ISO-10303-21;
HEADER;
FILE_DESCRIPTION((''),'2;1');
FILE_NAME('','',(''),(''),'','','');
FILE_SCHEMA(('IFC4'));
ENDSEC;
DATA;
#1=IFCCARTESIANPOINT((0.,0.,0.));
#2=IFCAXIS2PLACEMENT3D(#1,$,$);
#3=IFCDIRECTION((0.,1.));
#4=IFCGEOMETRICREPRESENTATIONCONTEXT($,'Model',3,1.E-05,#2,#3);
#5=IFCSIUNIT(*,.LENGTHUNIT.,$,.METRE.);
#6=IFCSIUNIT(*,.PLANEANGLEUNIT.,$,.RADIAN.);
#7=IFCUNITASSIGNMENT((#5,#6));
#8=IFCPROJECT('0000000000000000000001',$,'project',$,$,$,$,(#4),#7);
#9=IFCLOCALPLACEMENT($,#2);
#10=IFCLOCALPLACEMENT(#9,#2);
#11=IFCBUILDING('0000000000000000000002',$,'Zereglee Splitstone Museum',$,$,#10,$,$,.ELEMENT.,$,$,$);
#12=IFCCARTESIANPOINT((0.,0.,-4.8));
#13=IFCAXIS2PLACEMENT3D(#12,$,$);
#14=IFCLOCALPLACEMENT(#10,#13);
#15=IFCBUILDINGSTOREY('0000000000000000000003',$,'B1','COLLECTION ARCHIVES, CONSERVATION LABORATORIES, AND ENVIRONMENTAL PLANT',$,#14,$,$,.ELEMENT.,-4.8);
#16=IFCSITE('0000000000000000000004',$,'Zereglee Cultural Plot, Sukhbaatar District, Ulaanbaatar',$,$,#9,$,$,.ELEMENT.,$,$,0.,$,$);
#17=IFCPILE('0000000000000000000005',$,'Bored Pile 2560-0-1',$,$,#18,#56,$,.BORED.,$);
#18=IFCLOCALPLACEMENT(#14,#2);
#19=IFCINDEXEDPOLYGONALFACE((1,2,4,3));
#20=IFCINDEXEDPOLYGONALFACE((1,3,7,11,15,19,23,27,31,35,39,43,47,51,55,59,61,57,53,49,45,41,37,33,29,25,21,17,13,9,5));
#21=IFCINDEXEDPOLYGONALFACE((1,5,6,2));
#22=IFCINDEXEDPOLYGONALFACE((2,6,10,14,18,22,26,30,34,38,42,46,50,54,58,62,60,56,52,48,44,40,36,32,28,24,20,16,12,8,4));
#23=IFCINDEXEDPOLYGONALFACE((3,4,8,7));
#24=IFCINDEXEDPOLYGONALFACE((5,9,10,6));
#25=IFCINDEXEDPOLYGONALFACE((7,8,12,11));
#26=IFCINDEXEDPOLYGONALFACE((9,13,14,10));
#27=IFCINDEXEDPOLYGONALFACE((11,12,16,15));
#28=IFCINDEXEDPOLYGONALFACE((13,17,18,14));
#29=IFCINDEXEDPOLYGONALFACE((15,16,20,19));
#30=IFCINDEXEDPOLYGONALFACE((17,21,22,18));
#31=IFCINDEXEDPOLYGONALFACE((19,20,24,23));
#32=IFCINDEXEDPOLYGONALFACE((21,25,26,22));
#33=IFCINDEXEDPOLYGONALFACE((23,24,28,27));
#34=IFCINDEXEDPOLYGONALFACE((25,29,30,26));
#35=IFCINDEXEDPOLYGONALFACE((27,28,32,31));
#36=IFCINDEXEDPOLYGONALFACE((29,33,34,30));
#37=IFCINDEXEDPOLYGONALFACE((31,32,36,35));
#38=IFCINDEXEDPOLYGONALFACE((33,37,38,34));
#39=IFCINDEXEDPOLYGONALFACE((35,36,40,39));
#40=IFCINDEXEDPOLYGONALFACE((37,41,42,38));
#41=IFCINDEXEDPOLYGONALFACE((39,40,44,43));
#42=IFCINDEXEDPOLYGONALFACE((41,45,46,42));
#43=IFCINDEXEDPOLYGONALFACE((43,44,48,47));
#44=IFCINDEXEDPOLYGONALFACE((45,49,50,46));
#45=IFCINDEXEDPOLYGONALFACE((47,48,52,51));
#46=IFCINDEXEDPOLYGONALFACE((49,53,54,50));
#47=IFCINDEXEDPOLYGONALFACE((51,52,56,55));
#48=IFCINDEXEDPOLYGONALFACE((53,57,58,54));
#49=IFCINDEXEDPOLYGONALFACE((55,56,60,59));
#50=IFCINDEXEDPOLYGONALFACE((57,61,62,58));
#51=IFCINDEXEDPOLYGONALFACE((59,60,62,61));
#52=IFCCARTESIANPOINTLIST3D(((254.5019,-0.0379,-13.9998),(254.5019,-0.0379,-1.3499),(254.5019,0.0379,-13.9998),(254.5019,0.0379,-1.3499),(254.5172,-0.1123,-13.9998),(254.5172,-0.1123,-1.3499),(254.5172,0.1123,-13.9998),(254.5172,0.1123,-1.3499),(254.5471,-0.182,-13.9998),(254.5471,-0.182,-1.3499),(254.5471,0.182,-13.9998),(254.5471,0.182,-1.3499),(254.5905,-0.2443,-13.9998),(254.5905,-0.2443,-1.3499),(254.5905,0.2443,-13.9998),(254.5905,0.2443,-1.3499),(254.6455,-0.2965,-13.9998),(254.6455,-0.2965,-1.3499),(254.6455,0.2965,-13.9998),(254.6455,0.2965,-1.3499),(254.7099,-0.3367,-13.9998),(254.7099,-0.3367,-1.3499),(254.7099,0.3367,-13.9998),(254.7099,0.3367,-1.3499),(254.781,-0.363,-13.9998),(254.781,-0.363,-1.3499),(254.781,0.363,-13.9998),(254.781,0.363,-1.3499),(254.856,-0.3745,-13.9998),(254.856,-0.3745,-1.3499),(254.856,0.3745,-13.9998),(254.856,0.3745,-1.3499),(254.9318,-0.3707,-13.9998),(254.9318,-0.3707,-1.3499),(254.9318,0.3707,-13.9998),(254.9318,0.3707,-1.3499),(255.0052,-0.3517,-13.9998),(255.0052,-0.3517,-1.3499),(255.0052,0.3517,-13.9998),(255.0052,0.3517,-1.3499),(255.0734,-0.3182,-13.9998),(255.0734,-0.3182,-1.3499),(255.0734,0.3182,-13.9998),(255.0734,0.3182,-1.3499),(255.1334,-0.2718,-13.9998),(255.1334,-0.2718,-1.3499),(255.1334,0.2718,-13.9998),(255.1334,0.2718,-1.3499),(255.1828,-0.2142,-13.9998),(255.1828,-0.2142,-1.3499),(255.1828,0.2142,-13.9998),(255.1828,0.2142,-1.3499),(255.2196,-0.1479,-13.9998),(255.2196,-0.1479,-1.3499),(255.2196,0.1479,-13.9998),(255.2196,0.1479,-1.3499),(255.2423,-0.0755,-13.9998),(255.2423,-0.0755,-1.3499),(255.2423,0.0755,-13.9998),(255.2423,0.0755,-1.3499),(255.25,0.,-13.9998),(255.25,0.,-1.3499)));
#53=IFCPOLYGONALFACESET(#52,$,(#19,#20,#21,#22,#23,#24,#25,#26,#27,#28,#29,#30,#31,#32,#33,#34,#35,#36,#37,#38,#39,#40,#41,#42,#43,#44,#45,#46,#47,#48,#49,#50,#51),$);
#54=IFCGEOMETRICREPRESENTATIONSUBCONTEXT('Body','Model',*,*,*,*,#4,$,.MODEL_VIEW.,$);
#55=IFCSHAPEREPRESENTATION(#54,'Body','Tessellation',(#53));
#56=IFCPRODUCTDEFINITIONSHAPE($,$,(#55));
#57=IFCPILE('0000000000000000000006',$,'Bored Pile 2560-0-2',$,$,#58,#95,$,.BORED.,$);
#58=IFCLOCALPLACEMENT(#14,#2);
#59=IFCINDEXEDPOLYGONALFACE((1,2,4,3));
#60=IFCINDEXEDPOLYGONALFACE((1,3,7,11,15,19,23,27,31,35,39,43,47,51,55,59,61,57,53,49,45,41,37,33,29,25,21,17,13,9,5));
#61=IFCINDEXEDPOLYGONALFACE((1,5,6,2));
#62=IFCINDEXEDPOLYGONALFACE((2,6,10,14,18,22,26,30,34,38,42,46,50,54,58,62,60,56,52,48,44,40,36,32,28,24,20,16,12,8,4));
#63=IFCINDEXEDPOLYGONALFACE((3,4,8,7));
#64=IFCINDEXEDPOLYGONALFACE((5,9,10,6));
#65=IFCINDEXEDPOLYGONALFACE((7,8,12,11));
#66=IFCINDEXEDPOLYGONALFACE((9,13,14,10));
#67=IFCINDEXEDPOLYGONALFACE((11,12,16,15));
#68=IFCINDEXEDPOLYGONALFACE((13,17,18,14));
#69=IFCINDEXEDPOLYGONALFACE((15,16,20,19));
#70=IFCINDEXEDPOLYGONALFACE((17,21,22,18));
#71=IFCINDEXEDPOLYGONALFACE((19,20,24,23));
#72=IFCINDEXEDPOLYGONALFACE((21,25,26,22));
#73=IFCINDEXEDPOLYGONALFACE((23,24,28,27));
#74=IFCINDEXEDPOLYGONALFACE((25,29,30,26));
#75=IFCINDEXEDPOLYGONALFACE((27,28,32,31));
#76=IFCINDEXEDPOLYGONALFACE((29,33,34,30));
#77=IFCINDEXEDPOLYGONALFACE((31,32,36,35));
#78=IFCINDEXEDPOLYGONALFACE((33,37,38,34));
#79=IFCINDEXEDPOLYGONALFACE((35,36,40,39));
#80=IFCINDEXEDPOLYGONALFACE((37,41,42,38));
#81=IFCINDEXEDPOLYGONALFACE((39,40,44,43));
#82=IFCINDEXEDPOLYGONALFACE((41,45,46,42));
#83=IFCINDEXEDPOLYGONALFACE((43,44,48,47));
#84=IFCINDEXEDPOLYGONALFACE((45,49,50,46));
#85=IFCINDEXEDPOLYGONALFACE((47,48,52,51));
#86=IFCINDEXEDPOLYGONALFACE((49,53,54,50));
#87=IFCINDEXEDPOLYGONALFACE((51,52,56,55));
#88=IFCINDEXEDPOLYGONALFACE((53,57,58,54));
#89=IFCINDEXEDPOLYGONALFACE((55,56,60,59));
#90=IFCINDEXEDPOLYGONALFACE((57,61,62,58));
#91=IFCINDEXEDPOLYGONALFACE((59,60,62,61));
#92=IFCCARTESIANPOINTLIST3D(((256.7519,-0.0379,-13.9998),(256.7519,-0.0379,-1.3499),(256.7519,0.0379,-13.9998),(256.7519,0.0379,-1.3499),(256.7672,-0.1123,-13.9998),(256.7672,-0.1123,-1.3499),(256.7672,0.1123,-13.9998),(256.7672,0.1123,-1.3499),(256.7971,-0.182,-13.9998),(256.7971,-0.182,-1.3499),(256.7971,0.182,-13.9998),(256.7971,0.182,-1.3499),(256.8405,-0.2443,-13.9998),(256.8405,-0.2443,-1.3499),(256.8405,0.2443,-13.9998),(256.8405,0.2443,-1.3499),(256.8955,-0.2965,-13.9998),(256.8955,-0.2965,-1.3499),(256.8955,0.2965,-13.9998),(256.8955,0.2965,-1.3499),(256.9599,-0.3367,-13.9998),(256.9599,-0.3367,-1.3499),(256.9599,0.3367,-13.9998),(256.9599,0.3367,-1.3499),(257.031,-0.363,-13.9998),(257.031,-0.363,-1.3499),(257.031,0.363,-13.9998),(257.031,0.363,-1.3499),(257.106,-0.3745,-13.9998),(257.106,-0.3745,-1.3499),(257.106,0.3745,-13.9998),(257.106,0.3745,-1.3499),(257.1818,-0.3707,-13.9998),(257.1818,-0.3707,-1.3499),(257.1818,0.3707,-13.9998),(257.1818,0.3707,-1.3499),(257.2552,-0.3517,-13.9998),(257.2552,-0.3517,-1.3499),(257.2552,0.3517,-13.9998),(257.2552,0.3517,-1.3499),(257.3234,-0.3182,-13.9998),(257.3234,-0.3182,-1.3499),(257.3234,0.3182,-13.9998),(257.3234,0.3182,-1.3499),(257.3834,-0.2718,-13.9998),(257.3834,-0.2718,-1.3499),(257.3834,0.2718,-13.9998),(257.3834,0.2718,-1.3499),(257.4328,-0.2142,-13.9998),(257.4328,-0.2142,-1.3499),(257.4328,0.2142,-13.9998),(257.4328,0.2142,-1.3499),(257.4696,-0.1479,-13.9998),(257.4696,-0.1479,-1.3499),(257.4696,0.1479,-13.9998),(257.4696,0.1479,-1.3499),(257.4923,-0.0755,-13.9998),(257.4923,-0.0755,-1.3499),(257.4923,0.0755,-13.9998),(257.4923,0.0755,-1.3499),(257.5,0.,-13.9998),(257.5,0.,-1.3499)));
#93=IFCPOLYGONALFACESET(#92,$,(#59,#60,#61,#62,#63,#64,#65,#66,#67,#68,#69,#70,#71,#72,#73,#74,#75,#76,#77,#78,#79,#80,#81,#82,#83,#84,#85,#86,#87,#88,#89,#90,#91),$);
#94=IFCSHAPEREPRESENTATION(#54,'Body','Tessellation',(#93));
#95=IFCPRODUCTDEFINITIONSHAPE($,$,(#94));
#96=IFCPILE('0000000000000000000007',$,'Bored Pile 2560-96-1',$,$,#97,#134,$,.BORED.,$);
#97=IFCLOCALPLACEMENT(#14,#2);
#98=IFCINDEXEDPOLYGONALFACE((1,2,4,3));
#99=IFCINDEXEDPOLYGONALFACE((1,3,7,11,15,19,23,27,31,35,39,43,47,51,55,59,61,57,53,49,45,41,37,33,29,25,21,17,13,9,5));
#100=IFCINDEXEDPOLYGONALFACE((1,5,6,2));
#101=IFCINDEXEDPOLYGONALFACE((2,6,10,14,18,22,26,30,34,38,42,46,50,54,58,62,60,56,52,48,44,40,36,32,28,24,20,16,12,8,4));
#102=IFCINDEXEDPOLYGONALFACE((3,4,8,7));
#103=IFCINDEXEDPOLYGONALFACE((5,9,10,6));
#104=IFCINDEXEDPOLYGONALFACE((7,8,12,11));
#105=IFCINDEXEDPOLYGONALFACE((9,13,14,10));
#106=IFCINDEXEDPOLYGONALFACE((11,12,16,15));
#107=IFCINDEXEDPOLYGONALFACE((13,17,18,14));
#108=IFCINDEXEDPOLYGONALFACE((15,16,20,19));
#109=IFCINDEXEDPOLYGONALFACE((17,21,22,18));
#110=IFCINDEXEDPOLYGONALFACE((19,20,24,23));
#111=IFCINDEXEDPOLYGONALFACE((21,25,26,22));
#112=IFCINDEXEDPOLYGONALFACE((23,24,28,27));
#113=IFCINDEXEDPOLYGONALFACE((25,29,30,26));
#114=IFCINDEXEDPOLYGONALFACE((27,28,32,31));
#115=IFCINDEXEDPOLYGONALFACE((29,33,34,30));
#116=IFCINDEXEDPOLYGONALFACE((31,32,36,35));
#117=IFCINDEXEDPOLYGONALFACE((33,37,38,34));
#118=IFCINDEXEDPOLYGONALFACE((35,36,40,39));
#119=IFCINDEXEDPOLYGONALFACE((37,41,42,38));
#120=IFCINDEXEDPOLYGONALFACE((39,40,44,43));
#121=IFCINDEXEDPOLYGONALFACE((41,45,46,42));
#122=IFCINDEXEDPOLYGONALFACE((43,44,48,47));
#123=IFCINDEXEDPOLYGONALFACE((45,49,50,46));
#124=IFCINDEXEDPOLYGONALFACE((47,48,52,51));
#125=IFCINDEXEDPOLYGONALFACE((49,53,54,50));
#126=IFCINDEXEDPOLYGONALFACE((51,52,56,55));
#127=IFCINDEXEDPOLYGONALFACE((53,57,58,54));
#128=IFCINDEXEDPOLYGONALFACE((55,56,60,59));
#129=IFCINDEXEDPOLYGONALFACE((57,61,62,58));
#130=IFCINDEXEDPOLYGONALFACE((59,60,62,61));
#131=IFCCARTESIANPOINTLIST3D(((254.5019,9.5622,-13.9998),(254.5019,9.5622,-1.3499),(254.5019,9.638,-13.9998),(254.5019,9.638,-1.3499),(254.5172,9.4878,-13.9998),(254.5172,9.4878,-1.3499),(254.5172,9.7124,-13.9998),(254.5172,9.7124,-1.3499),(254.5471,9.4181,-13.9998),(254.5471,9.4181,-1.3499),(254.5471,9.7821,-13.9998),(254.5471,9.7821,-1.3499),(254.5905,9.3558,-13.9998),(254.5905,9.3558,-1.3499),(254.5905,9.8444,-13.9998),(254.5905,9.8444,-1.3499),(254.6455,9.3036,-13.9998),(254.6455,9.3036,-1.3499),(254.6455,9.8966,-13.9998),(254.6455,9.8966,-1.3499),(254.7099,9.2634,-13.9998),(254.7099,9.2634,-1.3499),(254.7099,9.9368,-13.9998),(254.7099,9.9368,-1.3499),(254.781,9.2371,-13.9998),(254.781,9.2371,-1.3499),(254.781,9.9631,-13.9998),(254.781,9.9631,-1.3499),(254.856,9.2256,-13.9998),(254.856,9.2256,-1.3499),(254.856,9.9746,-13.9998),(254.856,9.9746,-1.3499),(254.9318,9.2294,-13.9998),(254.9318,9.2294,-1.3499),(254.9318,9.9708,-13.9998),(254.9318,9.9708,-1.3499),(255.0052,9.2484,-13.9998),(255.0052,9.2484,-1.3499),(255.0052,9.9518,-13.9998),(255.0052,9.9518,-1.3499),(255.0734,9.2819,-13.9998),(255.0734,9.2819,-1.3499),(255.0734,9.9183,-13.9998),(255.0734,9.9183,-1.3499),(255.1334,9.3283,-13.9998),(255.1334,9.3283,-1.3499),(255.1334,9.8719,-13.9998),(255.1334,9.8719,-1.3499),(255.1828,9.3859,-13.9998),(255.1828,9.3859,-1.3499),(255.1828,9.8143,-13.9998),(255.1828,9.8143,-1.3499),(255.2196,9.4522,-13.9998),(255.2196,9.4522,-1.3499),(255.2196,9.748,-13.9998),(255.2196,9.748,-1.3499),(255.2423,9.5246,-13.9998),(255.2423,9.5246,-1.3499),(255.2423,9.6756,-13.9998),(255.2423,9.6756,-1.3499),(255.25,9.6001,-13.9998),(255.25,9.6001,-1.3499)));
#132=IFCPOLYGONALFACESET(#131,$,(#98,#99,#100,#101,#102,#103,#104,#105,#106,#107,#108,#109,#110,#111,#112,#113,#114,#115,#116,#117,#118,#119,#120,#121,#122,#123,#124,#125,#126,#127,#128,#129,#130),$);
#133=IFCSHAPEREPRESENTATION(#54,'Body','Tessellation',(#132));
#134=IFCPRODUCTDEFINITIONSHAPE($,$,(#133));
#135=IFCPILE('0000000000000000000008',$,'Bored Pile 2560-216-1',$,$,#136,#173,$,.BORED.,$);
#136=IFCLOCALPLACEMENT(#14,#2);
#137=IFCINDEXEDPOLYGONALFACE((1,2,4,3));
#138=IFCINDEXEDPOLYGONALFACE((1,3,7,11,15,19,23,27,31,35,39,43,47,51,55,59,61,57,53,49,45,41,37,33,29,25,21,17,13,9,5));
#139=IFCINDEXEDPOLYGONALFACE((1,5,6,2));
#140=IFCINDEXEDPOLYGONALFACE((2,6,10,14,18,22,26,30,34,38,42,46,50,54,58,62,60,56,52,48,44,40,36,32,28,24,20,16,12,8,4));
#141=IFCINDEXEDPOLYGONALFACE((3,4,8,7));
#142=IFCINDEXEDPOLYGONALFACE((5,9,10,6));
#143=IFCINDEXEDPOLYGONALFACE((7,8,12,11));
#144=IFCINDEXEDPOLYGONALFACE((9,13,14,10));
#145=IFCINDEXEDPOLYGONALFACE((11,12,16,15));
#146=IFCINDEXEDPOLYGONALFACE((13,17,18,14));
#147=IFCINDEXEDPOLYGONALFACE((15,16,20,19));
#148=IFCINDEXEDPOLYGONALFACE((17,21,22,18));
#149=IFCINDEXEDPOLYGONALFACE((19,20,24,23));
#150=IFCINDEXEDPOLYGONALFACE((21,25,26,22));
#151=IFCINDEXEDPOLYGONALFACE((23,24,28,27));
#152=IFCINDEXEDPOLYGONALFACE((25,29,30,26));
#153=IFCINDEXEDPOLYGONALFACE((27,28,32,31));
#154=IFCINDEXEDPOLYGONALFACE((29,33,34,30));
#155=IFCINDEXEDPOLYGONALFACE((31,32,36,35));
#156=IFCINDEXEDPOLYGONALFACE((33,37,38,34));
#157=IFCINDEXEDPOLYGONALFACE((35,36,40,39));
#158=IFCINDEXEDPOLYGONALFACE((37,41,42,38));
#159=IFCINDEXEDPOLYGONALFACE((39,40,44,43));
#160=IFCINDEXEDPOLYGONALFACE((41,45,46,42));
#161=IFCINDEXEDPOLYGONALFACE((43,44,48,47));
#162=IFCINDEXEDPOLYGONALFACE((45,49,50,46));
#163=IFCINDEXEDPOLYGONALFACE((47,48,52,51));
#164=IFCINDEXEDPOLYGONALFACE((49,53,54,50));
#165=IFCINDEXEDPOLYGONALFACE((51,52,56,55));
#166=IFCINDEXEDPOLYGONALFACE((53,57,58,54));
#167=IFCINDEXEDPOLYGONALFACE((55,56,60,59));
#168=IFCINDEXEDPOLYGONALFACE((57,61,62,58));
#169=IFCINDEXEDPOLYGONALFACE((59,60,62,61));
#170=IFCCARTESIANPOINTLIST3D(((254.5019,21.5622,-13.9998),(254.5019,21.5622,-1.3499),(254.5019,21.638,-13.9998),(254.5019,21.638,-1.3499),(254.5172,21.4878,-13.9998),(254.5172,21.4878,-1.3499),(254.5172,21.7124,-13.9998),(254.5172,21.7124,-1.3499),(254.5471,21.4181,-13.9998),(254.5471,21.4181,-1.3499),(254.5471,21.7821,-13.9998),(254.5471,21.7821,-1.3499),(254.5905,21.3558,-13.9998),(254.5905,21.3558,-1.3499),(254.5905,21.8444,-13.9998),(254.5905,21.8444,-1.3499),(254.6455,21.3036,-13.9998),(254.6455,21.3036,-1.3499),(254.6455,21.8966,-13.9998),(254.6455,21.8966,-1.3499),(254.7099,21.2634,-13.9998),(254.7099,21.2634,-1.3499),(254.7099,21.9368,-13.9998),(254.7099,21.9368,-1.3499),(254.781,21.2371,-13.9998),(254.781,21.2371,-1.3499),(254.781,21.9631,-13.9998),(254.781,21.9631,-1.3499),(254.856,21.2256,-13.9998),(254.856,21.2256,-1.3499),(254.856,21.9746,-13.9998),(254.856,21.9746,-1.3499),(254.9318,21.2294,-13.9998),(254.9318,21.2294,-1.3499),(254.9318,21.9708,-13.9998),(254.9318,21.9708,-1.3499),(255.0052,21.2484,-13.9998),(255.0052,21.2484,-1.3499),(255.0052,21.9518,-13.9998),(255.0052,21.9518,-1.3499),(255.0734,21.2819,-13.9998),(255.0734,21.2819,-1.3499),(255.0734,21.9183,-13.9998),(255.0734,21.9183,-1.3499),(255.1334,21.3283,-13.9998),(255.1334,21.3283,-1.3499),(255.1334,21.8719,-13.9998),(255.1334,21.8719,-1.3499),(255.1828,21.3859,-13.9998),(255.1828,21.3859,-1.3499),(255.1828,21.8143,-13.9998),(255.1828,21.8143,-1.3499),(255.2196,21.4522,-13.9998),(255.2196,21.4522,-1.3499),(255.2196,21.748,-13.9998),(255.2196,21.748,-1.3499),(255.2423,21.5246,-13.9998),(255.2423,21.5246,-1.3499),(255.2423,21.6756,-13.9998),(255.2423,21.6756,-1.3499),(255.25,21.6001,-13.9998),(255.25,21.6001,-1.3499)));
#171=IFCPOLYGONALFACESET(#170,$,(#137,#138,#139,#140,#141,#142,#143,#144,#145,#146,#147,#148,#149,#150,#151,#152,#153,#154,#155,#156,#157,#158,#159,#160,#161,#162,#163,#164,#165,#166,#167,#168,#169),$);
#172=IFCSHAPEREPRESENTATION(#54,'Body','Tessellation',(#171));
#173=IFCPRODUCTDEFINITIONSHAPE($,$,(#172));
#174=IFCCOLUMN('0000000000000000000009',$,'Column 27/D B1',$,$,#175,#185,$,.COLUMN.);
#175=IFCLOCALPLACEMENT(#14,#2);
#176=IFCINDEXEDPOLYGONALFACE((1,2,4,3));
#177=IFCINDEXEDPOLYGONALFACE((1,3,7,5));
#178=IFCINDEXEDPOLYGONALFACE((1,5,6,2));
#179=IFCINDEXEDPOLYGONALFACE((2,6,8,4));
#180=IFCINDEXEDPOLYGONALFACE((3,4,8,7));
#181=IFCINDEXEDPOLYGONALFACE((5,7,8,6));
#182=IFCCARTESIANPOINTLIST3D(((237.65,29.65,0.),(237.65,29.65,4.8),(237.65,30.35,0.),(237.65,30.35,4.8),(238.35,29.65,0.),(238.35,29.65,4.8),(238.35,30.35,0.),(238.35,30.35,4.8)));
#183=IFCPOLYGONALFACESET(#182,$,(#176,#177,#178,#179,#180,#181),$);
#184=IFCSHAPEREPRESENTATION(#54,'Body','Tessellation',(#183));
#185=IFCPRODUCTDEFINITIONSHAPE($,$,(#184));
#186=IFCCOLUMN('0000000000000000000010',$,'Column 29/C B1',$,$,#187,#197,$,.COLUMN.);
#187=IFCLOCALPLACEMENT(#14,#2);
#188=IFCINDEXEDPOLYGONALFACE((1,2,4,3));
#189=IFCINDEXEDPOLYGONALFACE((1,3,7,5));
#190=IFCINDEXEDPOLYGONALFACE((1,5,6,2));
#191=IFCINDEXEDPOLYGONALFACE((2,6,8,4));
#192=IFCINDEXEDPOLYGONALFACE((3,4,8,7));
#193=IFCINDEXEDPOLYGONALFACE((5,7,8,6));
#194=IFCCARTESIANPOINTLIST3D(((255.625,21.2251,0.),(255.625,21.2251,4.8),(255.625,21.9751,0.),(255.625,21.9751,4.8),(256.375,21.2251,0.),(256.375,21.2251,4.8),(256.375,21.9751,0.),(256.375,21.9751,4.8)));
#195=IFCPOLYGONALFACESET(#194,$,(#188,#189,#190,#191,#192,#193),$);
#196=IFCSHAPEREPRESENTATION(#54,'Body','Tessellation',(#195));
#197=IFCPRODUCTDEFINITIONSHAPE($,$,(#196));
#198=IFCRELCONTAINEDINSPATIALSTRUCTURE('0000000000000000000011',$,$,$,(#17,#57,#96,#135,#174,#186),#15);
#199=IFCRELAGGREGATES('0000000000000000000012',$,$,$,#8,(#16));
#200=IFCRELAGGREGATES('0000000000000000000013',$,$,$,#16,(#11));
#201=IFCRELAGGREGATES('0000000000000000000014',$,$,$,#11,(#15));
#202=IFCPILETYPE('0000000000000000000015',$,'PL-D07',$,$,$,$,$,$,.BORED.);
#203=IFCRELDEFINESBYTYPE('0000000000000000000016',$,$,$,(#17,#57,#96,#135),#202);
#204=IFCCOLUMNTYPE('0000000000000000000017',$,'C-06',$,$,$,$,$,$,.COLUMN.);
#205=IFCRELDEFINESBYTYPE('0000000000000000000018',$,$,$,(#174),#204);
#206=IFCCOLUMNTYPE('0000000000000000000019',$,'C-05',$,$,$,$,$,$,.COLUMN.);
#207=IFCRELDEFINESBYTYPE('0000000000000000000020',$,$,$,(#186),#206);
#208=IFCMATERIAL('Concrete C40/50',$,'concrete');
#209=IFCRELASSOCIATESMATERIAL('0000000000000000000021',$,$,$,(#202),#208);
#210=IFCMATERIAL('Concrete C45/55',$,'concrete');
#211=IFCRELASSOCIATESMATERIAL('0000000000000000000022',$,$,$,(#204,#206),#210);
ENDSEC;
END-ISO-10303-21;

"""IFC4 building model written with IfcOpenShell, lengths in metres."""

from ifc_helpers import new_model, si_unit, direction, frame, origin, origin_2d, place, context, subcontext, project, spatial, rectangle, circle, extrude, material, material_profile, profile_set, type_object, element, save


model = new_model("IFC4")

# Units and contexts
model_context = context("Model", 3, precision=1e-05, world=origin(), true_north=direction((0.0, 1.0)))
body_context = subcontext(model_context, "Body", "Model", "MODEL_VIEW")
ifc_project = project(units=[si_unit("LENGTHUNIT", "METRE"), si_unit("PLANEANGLEUNIT", "RADIAN")], contexts=[model_context])

# Site, building, storey
site_placement = place(None, origin())
site = spatial("IfcSite", under=ifc_project, at=site_placement, Name="Zereglee Cultural Plot, Sukhbaatar District, Ulaanbaatar", CompositionType="ELEMENT", RefElevation=0.0)
building_placement = place(site_placement, origin())
building = spatial("IfcBuilding", under=site, at=building_placement, Name="Zereglee Splitstone Museum", CompositionType="ELEMENT")
storey_placement = place(building_placement, frame((0.0, 0.0, -4.8)))
storey = spatial("IfcBuildingStorey", under=building, at=storey_placement, Name="B1", Description="COLLECTION ARCHIVES, CONSERVATION LABORATORIES, AND ENVIRONMENTAL PLANT", CompositionType="ELEMENT", Elevation=-4.8)

# Shared definitions
ifc_material_1 = material(Name="Concrete C40/50", Category="concrete")

# Piles
ifc_material_profile_1 = material_profile(ifc_material_1, circle(Radius=0.375, at=origin_2d()), Name="PILE D750")
ifc_profile_set_1 = profile_set([ifc_material_profile_1], Name="Concrete C40/50")
pile_type = type_object("IfcPileType", Name="PL-D07", PredefinedType="BORED", material=ifc_profile_set_1)
for number, where, z_axis, x_axis, name in (
    (1, (254.875, 0.0, -1.3499), (0.0, 0.0, -1.0), (1.0, 0.0, 0.0), "Bored Pile 2560-0-1"),
    (2, (257.125, 0.0, -1.3499), (0.0, 0.0, -1.0), (1.0, 0.0, 0.0), "Bored Pile 2560-0-2"),
    (3, (254.875, 9.6001, -1.3499), (0.0, 0.0, -1.0), (1.0, 0.0, 0.0), "Bored Pile 2560-96-1"),
    (4, (254.875, 21.6001, -1.3499), (0.0, 0.0, -1.0), (1.0, 0.0, 0.0), "Bored Pile 2560-216-1"),
):
    element("IfcPile", number, at=place(storey_placement, frame(where, z_axis=z_axis, x_axis=x_axis)), inside=storey, type_object=pile_type, Name=name, PredefinedType="BORED", context=body_context, shape_type="SweptSolid", body=[
        extrude(circle(Radius=0.375, at=origin_2d()), origin(), (0.0, 0.0, 1.0), 12.6499),
    ])

# Columns
ifc_material_2 = material(Name="Concrete C45/55", Category="concrete")
ifc_material_profile_2 = material_profile(ifc_material_2, rectangle(XDim=0.7, YDim=0.7, at=origin_2d()), Name="RC 700x700")
ifc_profile_set_2 = profile_set([ifc_material_profile_2], Name="Concrete C45/55")
column_type_1 = type_object("IfcColumnType", Name="C-06", PredefinedType="COLUMN", material=ifc_profile_set_2)
column_1_placement = place(storey_placement, frame((238.0, 30.0, 0.0), z_axis=(0.0, 0.0, 1.0), x_axis=(1.0, 0.0, 0.0)))
element("IfcColumn", 5, at=column_1_placement, inside=storey, type_object=column_type_1, Name="Column 27/D B1", PredefinedType="COLUMN", context=body_context, shape_type="SweptSolid", body=[
    extrude(rectangle(XDim=0.7, YDim=0.7, at=origin_2d()), origin(), (0.0, 0.0, 1.0), 4.8),
])
ifc_material_profile_3 = material_profile(ifc_material_2, rectangle(XDim=0.75, YDim=0.75, at=origin_2d()), Name="RC 750x750")
ifc_profile_set_3 = profile_set([ifc_material_profile_3], Name="Concrete C45/55")
column_type_2 = type_object("IfcColumnType", Name="C-05", PredefinedType="COLUMN", material=ifc_profile_set_3)
column_2_placement = place(storey_placement, frame((256.0, 21.6001, 0.0), z_axis=(0.0, 0.0, 1.0), x_axis=(1.0, 0.0, 0.0)))
element("IfcColumn", 6, at=column_2_placement, inside=storey, type_object=column_type_2, Name="Column 29/C B1", PredefinedType="COLUMN", context=body_context, shape_type="SweptSolid", body=[
    extrude(rectangle(XDim=0.75, YDim=0.75, at=origin_2d()), origin(), (0.0, 0.0, 1.0), 4.8),
])

save(model, "model.ifc")
